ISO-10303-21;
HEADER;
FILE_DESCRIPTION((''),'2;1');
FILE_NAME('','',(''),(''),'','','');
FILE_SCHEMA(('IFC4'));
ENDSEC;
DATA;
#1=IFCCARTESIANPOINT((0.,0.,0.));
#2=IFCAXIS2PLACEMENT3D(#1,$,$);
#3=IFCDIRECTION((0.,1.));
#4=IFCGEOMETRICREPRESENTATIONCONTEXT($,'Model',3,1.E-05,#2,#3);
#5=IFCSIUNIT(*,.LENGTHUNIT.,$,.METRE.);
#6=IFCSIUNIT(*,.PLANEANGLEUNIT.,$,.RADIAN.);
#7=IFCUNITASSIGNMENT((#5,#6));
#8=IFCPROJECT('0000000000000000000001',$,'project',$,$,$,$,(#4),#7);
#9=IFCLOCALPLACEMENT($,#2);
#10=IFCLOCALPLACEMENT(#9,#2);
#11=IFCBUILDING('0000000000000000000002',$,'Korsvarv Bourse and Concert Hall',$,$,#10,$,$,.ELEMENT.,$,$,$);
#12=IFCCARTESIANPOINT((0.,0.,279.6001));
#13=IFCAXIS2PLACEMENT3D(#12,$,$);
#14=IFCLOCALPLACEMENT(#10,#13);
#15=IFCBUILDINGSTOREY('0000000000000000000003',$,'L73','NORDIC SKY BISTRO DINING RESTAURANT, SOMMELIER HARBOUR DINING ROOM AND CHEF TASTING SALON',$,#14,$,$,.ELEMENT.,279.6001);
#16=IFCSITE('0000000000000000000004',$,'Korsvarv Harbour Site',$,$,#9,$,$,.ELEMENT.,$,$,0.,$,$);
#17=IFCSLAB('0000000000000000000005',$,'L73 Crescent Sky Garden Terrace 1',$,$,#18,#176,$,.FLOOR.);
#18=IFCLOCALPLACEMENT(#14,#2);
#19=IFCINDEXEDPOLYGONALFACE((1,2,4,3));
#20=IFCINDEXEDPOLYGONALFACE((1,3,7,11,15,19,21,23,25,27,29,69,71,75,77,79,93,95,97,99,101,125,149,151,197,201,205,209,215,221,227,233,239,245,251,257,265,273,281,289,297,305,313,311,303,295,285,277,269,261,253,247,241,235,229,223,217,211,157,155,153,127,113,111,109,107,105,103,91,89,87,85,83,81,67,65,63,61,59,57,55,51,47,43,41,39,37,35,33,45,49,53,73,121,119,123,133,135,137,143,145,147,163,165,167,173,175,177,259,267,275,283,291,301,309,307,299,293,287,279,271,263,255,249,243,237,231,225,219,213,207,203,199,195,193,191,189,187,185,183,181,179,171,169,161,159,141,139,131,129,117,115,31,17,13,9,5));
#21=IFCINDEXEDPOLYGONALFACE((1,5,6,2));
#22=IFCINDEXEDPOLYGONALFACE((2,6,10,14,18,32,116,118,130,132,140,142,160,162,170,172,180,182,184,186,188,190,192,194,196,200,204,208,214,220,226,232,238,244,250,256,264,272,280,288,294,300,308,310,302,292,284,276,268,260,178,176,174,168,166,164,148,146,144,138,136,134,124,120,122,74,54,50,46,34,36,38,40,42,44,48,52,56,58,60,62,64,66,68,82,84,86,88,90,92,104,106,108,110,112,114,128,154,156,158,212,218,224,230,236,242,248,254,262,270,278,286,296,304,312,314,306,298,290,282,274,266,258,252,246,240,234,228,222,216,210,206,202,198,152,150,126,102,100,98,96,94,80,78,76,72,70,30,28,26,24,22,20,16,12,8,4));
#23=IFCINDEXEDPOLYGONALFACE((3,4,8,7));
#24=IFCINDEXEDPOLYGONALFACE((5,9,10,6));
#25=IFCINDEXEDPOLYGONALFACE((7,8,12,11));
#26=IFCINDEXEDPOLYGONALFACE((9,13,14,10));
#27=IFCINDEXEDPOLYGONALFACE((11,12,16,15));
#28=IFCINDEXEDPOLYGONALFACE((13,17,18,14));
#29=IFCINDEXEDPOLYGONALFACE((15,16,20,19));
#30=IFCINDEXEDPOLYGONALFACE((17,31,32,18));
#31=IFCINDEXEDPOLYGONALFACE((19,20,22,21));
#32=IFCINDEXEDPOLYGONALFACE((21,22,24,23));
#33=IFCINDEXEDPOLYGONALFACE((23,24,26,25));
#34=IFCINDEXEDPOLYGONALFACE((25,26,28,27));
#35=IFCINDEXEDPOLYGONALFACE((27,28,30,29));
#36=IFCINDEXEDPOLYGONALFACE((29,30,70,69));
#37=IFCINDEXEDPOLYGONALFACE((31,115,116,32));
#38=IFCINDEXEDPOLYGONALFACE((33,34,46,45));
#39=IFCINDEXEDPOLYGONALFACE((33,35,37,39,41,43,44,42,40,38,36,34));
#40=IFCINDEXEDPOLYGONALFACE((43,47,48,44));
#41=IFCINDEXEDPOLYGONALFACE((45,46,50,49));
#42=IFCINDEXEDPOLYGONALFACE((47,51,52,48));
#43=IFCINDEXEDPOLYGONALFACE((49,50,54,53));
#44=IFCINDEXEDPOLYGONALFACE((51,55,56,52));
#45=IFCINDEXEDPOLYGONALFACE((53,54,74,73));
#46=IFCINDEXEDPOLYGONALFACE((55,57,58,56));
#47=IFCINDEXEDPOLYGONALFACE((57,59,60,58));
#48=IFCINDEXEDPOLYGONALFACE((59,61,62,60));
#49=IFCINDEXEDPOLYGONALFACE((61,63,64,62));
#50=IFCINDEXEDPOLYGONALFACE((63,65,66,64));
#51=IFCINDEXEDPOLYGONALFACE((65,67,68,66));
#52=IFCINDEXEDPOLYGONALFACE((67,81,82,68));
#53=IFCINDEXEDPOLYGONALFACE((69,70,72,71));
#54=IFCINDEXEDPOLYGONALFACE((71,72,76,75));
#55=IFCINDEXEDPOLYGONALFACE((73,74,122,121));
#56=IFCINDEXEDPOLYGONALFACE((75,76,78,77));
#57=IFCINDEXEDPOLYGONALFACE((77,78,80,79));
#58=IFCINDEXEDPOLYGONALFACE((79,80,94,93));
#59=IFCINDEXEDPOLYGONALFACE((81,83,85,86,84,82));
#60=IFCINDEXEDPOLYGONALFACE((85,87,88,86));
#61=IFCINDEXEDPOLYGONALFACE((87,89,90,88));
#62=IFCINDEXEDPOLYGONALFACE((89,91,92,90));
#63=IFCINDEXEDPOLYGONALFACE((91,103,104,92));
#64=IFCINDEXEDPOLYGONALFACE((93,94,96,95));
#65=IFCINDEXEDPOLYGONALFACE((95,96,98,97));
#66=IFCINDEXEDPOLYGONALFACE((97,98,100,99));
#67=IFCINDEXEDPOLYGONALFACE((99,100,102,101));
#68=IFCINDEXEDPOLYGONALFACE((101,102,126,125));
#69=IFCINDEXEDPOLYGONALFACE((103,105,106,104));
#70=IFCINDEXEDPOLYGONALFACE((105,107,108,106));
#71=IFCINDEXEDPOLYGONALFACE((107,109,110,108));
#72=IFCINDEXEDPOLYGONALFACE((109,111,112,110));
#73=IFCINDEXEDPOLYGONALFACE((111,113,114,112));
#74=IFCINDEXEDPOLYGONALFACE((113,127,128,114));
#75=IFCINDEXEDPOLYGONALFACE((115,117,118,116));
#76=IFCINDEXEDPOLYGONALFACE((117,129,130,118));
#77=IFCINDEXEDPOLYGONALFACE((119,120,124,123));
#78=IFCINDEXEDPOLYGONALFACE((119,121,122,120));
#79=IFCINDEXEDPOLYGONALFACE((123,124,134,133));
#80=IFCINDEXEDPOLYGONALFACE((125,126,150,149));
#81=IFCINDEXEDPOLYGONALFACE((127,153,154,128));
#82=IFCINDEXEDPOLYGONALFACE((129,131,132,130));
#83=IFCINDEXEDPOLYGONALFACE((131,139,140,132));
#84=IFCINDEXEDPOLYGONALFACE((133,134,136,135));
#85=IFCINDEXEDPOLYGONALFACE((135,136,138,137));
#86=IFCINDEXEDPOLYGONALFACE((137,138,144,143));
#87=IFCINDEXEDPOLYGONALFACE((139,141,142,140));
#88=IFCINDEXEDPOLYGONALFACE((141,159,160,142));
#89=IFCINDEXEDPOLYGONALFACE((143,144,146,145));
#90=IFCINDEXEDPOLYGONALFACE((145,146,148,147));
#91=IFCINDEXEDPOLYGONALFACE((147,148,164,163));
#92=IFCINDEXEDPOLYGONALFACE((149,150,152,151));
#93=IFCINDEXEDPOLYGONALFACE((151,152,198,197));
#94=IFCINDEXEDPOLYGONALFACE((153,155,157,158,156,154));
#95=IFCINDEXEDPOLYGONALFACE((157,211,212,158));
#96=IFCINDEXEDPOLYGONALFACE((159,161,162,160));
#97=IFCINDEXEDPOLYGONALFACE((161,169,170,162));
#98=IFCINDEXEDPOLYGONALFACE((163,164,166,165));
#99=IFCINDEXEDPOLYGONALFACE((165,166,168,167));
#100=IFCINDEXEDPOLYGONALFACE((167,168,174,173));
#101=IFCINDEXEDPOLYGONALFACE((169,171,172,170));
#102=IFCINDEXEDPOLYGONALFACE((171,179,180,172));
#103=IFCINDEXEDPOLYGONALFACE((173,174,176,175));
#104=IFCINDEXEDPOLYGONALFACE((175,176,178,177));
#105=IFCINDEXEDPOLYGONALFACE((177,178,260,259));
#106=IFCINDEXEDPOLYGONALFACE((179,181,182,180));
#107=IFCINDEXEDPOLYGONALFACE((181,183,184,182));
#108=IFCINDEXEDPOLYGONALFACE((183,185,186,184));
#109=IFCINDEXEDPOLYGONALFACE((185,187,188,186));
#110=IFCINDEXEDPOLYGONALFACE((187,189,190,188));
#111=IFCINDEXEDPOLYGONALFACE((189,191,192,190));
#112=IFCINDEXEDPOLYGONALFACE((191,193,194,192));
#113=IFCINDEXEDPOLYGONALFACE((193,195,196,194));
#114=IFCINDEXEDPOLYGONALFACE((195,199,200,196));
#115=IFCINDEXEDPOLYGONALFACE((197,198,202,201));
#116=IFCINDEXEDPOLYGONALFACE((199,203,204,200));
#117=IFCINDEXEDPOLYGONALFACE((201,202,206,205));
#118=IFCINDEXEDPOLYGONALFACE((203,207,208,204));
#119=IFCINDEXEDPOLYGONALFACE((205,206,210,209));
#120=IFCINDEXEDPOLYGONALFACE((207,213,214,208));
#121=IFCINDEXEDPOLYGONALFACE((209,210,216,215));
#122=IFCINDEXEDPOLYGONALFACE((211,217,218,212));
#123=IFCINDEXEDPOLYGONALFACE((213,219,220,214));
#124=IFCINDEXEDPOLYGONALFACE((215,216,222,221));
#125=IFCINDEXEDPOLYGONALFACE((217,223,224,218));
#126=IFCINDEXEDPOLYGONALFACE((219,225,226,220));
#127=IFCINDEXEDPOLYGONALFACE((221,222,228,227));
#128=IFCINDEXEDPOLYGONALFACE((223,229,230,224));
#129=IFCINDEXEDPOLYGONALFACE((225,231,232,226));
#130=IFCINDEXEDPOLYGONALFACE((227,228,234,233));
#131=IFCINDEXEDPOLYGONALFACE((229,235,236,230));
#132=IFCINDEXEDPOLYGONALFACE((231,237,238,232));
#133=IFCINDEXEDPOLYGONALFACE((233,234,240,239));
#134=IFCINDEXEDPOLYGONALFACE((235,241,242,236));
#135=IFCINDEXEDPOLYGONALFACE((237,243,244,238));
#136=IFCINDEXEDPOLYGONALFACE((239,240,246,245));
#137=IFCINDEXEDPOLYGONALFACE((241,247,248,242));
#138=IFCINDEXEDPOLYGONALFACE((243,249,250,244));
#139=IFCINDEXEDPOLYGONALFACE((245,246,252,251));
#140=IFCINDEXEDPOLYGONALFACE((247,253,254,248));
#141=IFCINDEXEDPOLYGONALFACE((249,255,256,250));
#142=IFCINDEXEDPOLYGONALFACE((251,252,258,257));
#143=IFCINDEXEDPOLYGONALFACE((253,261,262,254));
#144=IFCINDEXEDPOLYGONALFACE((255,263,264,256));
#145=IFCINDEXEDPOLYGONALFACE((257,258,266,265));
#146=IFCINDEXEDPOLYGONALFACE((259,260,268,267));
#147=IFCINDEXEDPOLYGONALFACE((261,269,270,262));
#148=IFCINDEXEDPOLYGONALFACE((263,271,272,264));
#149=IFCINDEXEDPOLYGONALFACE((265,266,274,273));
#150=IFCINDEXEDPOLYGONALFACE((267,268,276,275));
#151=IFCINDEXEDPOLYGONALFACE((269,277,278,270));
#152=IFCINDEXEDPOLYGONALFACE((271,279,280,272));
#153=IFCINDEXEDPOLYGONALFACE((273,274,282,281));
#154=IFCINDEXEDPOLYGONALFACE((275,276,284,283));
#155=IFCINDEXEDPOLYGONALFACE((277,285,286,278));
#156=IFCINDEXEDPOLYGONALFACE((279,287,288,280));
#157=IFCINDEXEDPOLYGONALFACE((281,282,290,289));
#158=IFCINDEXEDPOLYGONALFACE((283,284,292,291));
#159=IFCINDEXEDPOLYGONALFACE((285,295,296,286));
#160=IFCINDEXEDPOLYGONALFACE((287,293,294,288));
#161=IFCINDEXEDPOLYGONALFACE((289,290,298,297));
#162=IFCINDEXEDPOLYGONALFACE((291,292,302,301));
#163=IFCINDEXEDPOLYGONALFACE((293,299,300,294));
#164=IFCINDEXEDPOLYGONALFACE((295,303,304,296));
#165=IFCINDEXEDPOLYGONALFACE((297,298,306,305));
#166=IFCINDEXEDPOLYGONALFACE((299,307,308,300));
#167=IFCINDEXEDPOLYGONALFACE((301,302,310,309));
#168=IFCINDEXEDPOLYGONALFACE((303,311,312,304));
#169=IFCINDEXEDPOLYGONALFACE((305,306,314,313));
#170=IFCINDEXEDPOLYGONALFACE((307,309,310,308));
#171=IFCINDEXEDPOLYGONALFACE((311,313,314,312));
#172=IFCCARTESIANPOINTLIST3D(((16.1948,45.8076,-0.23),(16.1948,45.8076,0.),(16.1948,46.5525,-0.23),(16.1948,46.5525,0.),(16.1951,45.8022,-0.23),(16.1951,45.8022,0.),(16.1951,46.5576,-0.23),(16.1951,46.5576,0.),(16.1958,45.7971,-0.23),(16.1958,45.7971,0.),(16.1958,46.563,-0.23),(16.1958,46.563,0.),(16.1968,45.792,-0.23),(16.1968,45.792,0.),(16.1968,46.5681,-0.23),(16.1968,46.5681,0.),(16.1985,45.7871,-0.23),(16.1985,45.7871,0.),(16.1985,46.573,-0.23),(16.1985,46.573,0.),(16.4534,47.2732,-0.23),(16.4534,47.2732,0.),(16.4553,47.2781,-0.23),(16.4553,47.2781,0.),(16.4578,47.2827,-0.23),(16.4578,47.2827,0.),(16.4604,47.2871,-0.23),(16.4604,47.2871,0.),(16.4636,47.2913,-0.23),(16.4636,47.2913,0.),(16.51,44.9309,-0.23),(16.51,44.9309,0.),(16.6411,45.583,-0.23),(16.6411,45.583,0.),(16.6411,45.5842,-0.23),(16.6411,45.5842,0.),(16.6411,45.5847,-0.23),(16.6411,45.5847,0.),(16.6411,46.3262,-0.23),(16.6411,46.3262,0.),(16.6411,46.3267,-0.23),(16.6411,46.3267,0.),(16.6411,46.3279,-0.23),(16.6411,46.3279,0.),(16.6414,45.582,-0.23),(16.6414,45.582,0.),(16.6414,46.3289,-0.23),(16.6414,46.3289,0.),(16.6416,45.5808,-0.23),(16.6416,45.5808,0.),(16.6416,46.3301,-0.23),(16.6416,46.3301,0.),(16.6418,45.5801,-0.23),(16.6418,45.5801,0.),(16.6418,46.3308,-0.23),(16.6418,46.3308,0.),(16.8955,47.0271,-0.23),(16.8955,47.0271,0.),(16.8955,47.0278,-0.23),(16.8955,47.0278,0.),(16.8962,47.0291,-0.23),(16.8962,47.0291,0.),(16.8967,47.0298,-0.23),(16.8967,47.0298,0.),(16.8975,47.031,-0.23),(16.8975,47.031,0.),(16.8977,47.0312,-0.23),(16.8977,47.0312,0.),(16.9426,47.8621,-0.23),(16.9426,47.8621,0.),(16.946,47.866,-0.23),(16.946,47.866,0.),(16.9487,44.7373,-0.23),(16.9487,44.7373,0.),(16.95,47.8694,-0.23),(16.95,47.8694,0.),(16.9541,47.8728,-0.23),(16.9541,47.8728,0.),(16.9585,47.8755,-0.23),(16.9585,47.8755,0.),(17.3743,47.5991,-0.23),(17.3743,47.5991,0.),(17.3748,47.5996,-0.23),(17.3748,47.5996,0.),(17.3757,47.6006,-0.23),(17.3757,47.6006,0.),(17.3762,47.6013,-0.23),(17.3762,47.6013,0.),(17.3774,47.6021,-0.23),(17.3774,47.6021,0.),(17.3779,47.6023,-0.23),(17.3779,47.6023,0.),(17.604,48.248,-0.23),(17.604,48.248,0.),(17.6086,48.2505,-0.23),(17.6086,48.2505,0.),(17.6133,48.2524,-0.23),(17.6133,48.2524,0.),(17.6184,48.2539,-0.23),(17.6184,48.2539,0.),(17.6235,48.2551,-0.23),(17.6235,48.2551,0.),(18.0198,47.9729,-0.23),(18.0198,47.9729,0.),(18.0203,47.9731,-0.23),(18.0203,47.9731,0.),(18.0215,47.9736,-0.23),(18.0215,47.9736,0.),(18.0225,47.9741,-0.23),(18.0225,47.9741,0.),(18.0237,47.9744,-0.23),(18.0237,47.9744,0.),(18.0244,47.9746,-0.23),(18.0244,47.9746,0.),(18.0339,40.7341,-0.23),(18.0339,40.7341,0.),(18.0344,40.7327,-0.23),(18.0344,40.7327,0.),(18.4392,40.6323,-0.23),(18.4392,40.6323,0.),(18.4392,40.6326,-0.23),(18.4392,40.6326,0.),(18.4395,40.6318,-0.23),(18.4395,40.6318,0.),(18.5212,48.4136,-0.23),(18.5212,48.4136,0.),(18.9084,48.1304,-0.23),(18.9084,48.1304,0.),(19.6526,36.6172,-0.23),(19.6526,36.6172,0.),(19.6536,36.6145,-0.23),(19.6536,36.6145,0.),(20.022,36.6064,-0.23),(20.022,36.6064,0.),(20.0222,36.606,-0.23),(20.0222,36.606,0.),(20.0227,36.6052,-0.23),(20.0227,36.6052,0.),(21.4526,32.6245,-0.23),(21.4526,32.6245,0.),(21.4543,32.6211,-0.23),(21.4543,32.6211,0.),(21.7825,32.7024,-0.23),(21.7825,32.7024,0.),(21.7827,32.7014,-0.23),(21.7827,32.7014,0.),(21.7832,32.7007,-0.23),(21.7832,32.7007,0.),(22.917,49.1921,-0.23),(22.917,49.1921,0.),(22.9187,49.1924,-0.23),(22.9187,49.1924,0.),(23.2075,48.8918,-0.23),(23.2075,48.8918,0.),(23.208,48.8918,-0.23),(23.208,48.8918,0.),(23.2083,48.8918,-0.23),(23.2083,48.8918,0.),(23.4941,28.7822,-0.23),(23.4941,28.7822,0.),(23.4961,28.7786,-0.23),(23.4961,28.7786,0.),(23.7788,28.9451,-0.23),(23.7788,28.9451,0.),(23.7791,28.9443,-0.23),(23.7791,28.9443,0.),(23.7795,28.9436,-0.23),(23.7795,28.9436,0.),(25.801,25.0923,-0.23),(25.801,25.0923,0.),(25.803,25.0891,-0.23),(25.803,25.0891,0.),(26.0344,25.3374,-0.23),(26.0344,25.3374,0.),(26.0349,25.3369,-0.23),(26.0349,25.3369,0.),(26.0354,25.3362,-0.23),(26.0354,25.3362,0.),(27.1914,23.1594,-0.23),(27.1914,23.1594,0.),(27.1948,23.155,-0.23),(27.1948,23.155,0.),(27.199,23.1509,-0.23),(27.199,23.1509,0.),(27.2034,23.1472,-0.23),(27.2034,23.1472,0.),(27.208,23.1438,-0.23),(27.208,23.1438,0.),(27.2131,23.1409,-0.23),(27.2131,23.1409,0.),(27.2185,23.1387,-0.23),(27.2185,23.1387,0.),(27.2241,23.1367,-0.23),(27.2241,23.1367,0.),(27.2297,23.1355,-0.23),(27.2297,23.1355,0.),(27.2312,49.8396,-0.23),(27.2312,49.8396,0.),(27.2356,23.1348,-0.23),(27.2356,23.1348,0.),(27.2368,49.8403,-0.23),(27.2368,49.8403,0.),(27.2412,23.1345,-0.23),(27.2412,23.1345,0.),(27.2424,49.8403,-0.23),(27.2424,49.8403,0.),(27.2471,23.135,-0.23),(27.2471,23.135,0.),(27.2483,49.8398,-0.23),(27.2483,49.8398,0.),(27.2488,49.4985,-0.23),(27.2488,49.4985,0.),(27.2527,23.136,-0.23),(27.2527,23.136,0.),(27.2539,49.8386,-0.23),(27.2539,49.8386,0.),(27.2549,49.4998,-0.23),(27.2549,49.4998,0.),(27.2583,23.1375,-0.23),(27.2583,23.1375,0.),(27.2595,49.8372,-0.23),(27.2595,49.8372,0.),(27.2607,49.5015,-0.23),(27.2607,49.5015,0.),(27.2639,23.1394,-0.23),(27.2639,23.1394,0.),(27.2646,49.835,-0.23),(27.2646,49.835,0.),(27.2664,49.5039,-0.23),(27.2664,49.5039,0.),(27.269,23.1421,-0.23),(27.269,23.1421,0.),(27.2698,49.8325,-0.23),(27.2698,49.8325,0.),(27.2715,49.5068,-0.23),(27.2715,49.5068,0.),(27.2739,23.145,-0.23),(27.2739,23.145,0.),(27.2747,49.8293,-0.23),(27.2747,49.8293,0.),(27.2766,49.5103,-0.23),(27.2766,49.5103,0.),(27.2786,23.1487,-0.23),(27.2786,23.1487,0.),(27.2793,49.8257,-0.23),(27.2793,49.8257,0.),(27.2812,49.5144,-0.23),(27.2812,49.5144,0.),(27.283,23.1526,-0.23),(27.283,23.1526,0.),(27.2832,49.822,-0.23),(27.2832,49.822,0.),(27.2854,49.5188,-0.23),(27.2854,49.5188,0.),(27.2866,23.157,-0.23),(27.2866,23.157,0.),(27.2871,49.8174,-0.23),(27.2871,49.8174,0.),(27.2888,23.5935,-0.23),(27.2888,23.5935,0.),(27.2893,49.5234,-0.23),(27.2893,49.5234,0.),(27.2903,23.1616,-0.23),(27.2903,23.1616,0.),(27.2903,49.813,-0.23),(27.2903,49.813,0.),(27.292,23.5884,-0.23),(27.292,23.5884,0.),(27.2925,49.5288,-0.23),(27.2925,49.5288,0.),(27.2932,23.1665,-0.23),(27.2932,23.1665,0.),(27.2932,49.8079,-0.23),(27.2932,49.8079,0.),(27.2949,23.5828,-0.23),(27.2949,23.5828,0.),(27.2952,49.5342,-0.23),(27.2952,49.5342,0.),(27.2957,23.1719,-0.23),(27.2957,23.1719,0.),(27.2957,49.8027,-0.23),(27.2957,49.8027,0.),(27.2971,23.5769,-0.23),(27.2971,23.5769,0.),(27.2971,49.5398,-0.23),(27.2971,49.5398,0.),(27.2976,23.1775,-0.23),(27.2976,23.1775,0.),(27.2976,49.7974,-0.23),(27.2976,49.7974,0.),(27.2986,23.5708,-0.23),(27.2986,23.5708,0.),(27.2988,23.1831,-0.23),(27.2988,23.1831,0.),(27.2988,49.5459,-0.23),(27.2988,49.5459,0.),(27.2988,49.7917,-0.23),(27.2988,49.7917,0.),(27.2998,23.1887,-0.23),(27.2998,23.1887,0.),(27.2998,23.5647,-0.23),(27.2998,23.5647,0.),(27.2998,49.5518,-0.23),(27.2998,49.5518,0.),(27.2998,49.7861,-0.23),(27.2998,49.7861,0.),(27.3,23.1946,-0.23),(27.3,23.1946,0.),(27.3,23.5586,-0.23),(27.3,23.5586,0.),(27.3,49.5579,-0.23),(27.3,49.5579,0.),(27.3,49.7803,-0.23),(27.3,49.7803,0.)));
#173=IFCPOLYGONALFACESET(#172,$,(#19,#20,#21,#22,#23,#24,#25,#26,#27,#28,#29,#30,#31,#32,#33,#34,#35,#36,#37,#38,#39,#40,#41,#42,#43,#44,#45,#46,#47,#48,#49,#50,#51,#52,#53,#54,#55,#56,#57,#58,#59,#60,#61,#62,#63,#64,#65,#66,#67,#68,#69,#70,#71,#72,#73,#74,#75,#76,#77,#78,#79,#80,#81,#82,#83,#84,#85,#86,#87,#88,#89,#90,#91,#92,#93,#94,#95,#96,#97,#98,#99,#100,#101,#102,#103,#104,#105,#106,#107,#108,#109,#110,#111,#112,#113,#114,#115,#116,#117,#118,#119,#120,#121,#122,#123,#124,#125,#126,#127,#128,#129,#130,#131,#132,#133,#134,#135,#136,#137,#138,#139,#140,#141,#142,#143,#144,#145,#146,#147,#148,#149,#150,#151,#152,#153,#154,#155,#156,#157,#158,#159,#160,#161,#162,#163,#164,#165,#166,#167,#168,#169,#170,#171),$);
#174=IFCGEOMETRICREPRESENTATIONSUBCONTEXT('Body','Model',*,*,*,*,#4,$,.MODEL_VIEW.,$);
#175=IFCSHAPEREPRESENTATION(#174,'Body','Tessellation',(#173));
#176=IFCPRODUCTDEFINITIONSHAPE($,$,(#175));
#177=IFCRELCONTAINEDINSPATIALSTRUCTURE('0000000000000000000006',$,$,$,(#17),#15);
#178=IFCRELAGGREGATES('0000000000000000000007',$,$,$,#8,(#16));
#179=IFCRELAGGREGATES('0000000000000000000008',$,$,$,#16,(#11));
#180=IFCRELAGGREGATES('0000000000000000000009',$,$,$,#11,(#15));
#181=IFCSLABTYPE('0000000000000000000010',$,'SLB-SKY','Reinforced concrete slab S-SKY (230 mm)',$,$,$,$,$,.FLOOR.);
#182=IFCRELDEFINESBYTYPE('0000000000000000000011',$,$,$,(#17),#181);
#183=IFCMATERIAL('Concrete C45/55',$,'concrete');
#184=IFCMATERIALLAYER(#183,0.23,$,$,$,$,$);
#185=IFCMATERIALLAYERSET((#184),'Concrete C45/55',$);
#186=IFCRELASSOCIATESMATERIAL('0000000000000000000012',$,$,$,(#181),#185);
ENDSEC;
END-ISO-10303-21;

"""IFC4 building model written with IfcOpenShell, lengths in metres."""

from ifc_helpers import new_model, si_unit, direction, frame, origin, place, context, subcontext, project, spatial, polyline, outline, extrude, material, layer, layer_set, type_object, element, save


model = new_model("IFC4")

# Units and contexts
model_context = context("Model", 3, precision=1e-05, world=origin(), true_north=direction((0.0, 1.0)))
body_context = subcontext(model_context, "Body", "Model", "MODEL_VIEW")
ifc_project = project(units=[si_unit("LENGTHUNIT", "METRE"), si_unit("PLANEANGLEUNIT", "RADIAN")], contexts=[model_context])

# Site, building, storey
site_placement = place(None, origin())
site = spatial("IfcSite", under=ifc_project, at=site_placement, Name="Korsvarv Harbour Site", CompositionType="ELEMENT", RefElevation=0.0)
building_placement = place(site_placement, origin())
building = spatial("IfcBuilding", under=site, at=building_placement, Name="Korsvarv Bourse and Concert Hall", CompositionType="ELEMENT")
storey_placement = place(building_placement, frame((0.0, 0.0, 279.6001)))
storey = spatial("IfcBuildingStorey", under=building, at=storey_placement, Name="L73", Description="NORDIC SKY BISTRO DINING RESTAURANT, SOMMELIER HARBOUR DINING ROOM AND CHEF TASTING SALON", CompositionType="ELEMENT", Elevation=279.6001)

# Slab
ifc_material_1 = material(Name="Concrete C45/55", Category="concrete")
ifc_layer_1 = layer(ifc_material_1, 0.23)
ifc_layer_set_1 = layer_set([ifc_layer_1], Name="Concrete C45/55")
slab_type_1 = type_object("IfcSlabType", Name="SLB-SKY", Description="Reinforced concrete slab S-SKY (230 mm)", PredefinedType="FLOOR", material=ifc_layer_set_1)
slab_1_placement = place(storey_placement, frame((0.0, 0.0, -0.23)))
element("IfcSlab", 1, at=slab_1_placement, inside=storey, type_object=slab_type_1, Name="L73 Crescent Sky Garden Terrace 1", PredefinedType="FLOOR", context=body_context, shape_type="SweptSolid", body=[
    extrude(outline(polyline([(16.6416, 45.5808), (16.6418, 45.5801), (16.9487, 44.7373), (18.4392, 40.6326), (18.4392, 40.6323), (18.4395, 40.6318), (20.022, 36.6064), (20.0222, 36.606), (20.0227, 36.6052), (21.7825, 32.7024), (21.7827, 32.7014), (21.7832, 32.7007), (23.7788, 28.9451), (23.7791, 28.9443), (23.7795, 28.9436), (26.0344, 25.3374), (26.0349, 25.3369), (26.0354, 25.3362), (27.2888, 23.5935), (27.292, 23.5884), (27.2949, 23.5828), (27.2971, 23.5769), (27.2986, 23.5708), (27.2998, 23.5647), (27.3, 23.5586), (27.3, 23.1946), (27.2998, 23.1887), (27.2988, 23.1831), (27.2976, 23.1775), (27.2957, 23.1719), (27.2932, 23.1665), (27.2903, 23.1616), (27.2866, 23.157), (27.283, 23.1526), (27.2786, 23.1487), (27.2739, 23.145), (27.269, 23.1421), (27.2639, 23.1394), (27.2583, 23.1375), (27.2527, 23.136), (27.2471, 23.135), (27.2412, 23.1345), (27.2356, 23.1348), (27.2297, 23.1355), (27.2241, 23.1367), (27.2185, 23.1387), (27.2131, 23.1409), (27.208, 23.1438), (27.2034, 23.1472), (27.199, 23.1509), (27.1948, 23.155), (27.1914, 23.1594), (25.803, 25.0891), (25.801, 25.0923), (23.4961, 28.7786), (23.4941, 28.7822), (21.4543, 32.6211), (21.4526, 32.6245), (19.6536, 36.6145), (19.6526, 36.6172), (18.0344, 40.7327), (18.0339, 40.7341), (16.51, 44.9309), (16.1985, 45.7871), (16.1968, 45.792), (16.1958, 45.7971), (16.1951, 45.8022), (16.1948, 45.8076), (16.1948, 46.5525), (16.1951, 46.5576), (16.1958, 46.563), (16.1968, 46.5681), (16.1985, 46.573), (16.4534, 47.2732), (16.4553, 47.2781), (16.4578, 47.2827), (16.4604, 47.2871), (16.4636, 47.2913), (16.9426, 47.8621), (16.946, 47.866), (16.95, 47.8694), (16.9541, 47.8728), (16.9585, 47.8755), (17.604, 48.248), (17.6086, 48.2505), (17.6133, 48.2524), (17.6184, 48.2539), (17.6235, 48.2551), (18.5212, 48.4136), (22.917, 49.1921), (22.9187, 49.1924), (27.2312, 49.8396), (27.2368, 49.8403), (27.2424, 49.8403), (27.2483, 49.8398), (27.2539, 49.8386), (27.2595, 49.8372), (27.2646, 49.835), (27.2698, 49.8325), (27.2747, 49.8293), (27.2793, 49.8257), (27.2832, 49.822), (27.2871, 49.8174), (27.2903, 49.813), (27.2932, 49.8079), (27.2957, 49.8027), (27.2976, 49.7974), (27.2988, 49.7917), (27.2998, 49.7861), (27.3, 49.7803), (27.3, 49.5579), (27.2998, 49.5518), (27.2988, 49.5459), (27.2971, 49.5398), (27.2952, 49.5342), (27.2925, 49.5288), (27.2893, 49.5234), (27.2854, 49.5188), (27.2812, 49.5144), (27.2766, 49.5103), (27.2715, 49.5068), (27.2664, 49.5039), (27.2607, 49.5015), (27.2549, 49.4998), (27.2488, 49.4985), (23.2083, 48.8918), (23.208, 48.8918), (23.2075, 48.8918), (18.9084, 48.1304), (18.0244, 47.9746), (18.0237, 47.9744), (18.0225, 47.9741), (18.0215, 47.9736), (18.0203, 47.9731), (18.0198, 47.9729), (17.3779, 47.6023), (17.3774, 47.6021), (17.3762, 47.6013), (17.3757, 47.6006), (17.3748, 47.5996), (17.3743, 47.5991), (16.8977, 47.0312), (16.8975, 47.031), (16.8967, 47.0298), (16.8962, 47.0291), (16.8955, 47.0278), (16.8955, 47.0271), (16.6418, 46.3308), (16.6416, 46.3301), (16.6414, 46.3289), (16.6411, 46.3279), (16.6411, 46.3267), (16.6411, 46.3262), (16.6411, 45.5847), (16.6411, 45.5842), (16.6411, 45.583), (16.6414, 45.582), (16.6416, 45.5808)])), origin(), (0.0, 0.0, 1.0), 0.23),
])

save(model, "model.ifc")
